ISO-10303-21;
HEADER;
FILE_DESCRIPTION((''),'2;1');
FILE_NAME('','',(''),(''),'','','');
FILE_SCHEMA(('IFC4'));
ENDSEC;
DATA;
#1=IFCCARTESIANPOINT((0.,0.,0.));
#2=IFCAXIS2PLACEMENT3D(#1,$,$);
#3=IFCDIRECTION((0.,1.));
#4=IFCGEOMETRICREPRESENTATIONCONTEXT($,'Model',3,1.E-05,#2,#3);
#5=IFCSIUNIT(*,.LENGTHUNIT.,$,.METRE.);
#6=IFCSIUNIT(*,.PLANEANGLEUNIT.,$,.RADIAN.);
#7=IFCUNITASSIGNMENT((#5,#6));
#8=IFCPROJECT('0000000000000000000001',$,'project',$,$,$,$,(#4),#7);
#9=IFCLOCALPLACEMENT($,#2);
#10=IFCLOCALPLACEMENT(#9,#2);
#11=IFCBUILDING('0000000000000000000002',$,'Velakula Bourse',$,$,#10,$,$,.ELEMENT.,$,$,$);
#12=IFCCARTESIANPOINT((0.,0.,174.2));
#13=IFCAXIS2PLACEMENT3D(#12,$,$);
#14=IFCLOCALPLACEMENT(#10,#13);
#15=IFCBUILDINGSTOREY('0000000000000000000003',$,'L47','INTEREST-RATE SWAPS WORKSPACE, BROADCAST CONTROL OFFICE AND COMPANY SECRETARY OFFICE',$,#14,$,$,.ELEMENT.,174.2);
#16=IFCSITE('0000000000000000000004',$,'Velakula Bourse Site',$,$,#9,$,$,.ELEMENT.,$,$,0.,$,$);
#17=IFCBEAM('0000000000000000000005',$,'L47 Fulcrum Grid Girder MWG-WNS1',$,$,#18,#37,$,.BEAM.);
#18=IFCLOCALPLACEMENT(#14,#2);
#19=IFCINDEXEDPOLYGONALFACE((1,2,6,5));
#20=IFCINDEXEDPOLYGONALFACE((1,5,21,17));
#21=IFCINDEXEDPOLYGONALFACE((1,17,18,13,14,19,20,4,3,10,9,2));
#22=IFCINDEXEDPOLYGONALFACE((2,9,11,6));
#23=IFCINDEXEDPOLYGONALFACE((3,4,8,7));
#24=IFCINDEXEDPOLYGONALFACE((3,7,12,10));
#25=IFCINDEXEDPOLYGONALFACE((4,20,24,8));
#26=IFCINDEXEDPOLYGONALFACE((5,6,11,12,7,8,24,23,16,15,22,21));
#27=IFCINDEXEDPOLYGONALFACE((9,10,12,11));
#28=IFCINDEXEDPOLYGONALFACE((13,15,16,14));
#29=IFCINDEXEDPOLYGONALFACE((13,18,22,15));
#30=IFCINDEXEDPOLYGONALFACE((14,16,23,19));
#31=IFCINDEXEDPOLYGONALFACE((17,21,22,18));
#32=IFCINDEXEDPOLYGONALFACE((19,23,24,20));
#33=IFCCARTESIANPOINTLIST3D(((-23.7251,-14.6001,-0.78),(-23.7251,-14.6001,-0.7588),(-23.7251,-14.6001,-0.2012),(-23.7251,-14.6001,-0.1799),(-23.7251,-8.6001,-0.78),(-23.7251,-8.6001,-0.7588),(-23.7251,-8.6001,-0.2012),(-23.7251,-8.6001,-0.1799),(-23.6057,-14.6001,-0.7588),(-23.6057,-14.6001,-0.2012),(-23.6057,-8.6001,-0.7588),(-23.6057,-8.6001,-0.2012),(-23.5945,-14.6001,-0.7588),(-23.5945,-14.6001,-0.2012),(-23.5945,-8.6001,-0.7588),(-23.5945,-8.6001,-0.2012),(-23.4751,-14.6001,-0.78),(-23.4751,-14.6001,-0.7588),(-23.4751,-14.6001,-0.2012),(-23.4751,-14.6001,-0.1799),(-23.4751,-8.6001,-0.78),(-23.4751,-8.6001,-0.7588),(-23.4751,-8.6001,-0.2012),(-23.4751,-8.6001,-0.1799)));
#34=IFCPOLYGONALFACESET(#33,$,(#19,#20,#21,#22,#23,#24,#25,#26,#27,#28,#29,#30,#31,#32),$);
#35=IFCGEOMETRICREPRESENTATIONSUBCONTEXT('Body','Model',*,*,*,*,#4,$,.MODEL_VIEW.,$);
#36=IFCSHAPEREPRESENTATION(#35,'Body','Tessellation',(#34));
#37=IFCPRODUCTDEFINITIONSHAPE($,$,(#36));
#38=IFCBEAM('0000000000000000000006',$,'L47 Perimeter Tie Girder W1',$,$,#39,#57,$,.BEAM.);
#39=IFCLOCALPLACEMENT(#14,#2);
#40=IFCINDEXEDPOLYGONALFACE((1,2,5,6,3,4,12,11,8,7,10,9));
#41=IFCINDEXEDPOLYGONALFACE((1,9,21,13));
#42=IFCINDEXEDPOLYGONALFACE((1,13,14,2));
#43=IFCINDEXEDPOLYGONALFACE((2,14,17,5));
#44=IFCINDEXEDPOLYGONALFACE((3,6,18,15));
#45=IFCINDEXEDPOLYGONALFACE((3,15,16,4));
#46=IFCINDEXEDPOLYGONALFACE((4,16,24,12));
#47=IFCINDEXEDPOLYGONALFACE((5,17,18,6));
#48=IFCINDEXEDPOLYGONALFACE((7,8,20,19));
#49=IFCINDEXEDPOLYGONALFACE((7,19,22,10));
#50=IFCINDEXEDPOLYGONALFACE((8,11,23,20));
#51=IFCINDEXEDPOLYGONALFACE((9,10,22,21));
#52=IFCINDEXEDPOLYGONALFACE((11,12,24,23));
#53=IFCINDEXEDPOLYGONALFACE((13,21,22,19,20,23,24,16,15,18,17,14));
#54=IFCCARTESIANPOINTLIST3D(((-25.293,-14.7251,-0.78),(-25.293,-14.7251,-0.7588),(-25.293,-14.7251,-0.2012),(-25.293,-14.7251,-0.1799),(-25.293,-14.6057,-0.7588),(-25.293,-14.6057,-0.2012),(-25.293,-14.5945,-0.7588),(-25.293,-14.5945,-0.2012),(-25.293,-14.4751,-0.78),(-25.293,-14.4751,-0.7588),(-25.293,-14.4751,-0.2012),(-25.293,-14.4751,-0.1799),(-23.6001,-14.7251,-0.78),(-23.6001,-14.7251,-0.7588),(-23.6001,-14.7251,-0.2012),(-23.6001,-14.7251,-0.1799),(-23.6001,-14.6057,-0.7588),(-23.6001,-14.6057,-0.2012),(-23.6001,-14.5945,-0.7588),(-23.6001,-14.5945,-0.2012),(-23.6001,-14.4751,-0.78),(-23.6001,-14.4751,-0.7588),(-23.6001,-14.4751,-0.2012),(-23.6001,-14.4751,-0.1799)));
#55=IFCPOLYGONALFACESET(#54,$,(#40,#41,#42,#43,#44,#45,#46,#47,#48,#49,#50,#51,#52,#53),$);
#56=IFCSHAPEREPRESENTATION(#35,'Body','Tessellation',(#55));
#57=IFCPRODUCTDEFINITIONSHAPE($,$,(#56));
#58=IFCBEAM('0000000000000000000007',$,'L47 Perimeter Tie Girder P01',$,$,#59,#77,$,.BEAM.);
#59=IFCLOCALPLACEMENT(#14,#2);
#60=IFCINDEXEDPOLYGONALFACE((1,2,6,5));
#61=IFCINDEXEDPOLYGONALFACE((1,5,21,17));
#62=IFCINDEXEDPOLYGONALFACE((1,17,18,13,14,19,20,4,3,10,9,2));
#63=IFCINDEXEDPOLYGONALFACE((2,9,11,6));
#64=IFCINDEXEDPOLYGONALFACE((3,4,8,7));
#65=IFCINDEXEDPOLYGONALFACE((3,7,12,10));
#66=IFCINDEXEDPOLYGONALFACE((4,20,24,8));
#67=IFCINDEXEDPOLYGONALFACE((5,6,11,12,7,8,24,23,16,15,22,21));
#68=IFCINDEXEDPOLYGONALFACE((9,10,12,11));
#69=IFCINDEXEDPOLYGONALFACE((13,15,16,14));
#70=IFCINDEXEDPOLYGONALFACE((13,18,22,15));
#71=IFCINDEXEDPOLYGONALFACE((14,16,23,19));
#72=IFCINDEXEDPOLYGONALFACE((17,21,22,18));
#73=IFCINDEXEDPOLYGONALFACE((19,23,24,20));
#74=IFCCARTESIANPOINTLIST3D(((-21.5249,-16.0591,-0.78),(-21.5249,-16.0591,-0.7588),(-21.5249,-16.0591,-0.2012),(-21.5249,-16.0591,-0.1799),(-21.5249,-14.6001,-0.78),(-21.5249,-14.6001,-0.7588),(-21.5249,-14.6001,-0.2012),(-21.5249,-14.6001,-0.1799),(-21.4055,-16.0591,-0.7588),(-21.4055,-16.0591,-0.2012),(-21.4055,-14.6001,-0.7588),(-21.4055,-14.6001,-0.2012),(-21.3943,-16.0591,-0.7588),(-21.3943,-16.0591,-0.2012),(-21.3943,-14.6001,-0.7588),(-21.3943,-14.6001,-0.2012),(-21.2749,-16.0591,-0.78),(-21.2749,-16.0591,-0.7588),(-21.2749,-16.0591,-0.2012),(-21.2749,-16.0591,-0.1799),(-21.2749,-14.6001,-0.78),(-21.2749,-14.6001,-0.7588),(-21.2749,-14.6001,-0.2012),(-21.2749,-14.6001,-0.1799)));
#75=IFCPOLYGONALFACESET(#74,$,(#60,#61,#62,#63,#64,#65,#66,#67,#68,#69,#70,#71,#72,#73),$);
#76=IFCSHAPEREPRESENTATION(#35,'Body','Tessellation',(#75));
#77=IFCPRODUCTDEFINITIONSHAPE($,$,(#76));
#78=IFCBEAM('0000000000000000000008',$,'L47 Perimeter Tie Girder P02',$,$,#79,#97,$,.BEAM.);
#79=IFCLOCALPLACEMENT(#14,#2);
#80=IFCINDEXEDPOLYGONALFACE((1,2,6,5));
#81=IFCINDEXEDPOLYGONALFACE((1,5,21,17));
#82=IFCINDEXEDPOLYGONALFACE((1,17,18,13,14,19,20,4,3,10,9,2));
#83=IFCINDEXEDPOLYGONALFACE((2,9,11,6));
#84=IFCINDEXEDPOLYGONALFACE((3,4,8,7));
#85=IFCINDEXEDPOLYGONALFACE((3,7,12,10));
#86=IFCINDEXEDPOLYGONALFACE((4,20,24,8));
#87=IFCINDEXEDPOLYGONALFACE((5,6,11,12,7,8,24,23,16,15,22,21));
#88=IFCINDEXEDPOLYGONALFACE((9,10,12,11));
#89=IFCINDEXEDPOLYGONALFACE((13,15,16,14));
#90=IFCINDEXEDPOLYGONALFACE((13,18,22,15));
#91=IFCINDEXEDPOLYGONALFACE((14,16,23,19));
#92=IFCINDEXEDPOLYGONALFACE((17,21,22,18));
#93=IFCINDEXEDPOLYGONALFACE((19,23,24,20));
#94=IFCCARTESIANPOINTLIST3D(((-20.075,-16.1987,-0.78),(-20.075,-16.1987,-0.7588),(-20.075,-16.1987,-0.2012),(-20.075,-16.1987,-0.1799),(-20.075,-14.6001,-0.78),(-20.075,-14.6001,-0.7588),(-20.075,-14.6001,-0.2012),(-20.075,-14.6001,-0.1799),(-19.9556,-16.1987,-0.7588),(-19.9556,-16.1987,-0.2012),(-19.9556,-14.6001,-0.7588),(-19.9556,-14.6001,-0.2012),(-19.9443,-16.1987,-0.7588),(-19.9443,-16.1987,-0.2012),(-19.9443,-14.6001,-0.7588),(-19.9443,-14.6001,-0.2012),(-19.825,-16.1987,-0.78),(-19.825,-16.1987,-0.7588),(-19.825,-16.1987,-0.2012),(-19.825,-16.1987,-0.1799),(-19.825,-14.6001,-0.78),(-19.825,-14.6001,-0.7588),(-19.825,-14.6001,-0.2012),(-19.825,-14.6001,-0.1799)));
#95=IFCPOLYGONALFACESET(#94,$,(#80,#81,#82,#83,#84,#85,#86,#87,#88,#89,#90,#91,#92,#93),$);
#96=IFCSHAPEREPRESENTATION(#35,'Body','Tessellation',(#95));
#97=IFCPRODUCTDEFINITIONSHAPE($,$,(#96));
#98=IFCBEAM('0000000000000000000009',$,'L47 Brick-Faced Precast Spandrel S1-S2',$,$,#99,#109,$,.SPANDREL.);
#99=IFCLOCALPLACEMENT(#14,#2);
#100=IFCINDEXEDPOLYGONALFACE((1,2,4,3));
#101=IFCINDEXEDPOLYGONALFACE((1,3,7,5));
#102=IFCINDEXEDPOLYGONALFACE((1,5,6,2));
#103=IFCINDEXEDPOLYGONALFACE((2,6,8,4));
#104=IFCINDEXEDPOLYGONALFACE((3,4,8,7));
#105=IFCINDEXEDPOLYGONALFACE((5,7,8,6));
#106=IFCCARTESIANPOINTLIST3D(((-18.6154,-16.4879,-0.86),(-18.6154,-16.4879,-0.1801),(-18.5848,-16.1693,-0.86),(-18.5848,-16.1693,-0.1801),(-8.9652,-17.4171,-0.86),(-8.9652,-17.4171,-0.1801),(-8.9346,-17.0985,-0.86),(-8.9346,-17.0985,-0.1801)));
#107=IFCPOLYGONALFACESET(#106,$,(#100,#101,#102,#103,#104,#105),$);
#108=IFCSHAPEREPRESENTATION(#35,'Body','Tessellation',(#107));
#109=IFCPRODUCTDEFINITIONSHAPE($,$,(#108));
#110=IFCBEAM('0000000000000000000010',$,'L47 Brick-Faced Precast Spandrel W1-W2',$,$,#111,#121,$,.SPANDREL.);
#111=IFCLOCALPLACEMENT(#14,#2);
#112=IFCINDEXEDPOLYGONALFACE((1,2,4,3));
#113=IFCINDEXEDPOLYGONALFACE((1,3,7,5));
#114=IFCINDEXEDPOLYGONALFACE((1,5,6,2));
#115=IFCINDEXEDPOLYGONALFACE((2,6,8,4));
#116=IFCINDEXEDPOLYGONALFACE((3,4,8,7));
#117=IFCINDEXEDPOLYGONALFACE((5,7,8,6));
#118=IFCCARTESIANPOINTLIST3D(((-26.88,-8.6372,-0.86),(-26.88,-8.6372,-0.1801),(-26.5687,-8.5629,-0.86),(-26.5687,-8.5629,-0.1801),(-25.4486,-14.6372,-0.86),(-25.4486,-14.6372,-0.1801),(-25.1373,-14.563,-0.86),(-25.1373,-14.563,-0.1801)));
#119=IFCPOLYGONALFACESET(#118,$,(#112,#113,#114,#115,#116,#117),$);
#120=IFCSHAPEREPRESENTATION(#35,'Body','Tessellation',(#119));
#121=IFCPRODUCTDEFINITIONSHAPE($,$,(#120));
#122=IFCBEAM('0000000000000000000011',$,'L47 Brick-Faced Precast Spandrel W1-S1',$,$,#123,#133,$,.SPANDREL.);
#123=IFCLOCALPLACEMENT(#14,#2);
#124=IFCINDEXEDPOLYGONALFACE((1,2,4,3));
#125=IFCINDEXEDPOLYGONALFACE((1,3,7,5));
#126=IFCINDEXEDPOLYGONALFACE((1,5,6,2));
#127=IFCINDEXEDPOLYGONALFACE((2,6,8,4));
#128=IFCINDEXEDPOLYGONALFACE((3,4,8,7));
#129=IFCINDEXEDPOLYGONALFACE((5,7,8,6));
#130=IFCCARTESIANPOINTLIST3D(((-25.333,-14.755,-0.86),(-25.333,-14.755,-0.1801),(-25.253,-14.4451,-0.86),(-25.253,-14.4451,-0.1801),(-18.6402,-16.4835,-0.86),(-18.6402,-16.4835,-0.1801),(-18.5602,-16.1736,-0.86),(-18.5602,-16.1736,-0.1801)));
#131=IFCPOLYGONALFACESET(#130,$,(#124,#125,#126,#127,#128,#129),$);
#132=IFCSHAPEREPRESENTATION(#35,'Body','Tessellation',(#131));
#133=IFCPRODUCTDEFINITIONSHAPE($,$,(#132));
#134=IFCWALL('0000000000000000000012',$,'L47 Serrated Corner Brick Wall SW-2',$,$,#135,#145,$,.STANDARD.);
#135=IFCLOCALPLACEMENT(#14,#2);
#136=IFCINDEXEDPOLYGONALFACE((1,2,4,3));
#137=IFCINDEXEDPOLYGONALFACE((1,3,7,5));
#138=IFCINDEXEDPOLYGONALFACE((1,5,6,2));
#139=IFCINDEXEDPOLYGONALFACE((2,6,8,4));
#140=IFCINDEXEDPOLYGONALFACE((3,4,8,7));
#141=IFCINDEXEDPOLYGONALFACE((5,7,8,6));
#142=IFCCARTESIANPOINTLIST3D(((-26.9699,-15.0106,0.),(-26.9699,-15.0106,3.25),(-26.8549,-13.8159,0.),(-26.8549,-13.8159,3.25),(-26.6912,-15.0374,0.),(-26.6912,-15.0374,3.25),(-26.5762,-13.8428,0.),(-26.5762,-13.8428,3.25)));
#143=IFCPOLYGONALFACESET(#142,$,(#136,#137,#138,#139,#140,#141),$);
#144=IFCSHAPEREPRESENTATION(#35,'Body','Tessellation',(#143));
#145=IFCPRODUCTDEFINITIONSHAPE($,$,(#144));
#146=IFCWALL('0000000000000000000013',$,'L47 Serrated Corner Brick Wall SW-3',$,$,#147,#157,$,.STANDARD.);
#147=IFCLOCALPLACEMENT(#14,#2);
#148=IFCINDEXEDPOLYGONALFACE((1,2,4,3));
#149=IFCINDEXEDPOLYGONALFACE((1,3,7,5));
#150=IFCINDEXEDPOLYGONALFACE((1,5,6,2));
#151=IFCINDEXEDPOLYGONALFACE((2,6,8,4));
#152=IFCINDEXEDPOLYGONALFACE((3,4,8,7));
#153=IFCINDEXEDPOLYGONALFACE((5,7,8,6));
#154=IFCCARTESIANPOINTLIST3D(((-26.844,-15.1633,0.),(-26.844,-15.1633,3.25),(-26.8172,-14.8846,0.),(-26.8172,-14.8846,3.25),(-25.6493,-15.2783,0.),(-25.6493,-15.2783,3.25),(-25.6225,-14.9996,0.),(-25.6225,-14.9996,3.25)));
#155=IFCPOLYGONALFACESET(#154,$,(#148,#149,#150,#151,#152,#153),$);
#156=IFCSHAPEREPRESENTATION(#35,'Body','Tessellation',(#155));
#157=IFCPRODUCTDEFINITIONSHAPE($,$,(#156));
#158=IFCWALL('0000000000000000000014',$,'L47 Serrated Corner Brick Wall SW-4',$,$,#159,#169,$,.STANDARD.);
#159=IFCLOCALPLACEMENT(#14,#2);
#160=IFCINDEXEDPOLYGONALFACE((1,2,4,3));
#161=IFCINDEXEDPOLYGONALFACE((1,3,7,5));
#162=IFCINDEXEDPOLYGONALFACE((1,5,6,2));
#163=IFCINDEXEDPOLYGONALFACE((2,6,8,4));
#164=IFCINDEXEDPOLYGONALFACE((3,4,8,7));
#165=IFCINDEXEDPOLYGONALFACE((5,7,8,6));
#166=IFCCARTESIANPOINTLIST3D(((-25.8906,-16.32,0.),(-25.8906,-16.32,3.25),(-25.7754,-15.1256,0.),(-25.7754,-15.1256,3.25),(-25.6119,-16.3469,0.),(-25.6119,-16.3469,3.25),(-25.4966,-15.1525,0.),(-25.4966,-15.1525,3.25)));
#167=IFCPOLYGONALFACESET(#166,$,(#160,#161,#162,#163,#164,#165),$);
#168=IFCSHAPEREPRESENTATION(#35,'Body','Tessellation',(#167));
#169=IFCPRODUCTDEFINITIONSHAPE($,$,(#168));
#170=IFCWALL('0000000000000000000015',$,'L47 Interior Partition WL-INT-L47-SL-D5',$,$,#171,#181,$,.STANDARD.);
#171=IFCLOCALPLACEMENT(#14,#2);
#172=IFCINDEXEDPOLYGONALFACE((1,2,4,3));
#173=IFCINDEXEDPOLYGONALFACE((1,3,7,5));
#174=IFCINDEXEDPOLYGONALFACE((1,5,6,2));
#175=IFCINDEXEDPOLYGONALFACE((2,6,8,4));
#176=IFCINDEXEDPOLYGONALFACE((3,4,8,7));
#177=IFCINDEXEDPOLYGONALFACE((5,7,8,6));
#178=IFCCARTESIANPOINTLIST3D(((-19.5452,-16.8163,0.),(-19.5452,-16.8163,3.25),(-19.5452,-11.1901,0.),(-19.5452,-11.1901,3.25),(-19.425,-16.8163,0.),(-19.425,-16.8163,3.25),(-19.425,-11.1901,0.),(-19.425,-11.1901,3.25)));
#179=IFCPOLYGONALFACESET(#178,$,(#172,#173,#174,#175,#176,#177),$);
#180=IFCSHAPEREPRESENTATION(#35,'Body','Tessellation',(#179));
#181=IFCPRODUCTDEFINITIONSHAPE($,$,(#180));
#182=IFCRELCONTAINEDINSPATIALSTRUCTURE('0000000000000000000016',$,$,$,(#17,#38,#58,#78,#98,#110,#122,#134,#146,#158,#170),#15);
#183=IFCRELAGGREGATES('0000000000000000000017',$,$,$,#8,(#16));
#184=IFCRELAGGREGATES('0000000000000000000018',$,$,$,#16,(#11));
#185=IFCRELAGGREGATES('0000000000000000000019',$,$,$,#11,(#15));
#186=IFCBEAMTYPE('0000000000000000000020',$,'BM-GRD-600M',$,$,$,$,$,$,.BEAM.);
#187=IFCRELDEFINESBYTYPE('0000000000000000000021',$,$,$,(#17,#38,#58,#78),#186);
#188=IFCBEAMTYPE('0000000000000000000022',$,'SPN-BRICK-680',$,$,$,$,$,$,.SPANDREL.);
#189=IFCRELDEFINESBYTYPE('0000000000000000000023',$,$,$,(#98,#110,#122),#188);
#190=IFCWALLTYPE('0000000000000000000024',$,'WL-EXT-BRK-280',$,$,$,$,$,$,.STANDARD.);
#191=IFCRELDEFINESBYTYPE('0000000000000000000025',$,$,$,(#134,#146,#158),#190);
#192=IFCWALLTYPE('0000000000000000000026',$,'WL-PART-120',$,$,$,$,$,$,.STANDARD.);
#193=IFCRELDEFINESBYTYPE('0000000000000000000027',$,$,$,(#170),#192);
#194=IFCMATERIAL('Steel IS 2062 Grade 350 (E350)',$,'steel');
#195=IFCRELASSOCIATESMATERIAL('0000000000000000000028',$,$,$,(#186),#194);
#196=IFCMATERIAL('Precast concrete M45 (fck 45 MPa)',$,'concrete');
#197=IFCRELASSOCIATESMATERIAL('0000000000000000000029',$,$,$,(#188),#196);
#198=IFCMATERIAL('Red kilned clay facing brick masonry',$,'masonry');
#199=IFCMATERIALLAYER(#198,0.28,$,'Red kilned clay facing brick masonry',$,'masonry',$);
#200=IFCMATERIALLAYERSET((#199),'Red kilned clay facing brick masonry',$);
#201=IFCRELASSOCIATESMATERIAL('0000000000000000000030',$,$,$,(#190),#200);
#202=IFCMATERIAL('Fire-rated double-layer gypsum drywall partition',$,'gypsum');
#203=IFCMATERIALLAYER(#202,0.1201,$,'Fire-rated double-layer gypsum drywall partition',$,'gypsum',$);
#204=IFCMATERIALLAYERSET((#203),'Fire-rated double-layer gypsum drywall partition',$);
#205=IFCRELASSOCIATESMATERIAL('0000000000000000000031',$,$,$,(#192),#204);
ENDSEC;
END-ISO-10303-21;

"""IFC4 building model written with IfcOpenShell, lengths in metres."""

from ifc_helpers import new_model, si_unit, direction, frame, frame_2d, origin, origin_2d, place, context, subcontext, project, spatial, rectangle, i_section, extrude, material, layer, layer_set, material_profile, profile_set, type_object, element, save


model = new_model("IFC4")

# Units and contexts
model_context = context("Model", 3, precision=1e-05, world=origin(), true_north=direction((0.0, 1.0)))
body_context = subcontext(model_context, "Body", "Model", "MODEL_VIEW")
ifc_project = project(units=[si_unit("LENGTHUNIT", "METRE"), si_unit("PLANEANGLEUNIT", "RADIAN")], contexts=[model_context])

# Site, building, storey
site_placement = place(None, origin())
site = spatial("IfcSite", under=ifc_project, at=site_placement, Name="Velakula Bourse Site", CompositionType="ELEMENT", RefElevation=0.0)
building_placement = place(site_placement, origin())
building = spatial("IfcBuilding", under=site, at=building_placement, Name="Velakula Bourse", CompositionType="ELEMENT")
storey_placement = place(building_placement, frame((0.0, 0.0, 174.2)))
storey = spatial("IfcBuildingStorey", under=building, at=storey_placement, Name="L47", Description="INTEREST-RATE SWAPS WORKSPACE, BROADCAST CONTROL OFFICE AND COMPANY SECRETARY OFFICE", CompositionType="ELEMENT", Elevation=174.2)

# Shared definitions
ifc_material_1 = material(Name="Steel IS 2062 Grade 350 (E350)", Category="steel")
ifc_material_2 = material(Name="Precast concrete M45 (fck 45 MPa)", Category="concrete")

# Beams
ifc_material_profile_1 = material_profile(ifc_material_1, i_section(OverallWidth=0.25, OverallDepth=0.6001, WebThickness=0.0112, FlangeThickness=0.0212, at=origin_2d()), Name="Steel IS 2062 Grade 350 (E350)")
ifc_profile_set_1 = profile_set([ifc_material_profile_1], Name="Steel IS 2062 Grade 350 (E350)")
beam_type_1 = type_object("IfcBeamType", Name="BM-GRD-600M", PredefinedType="BEAM", material=ifc_profile_set_1)
beam_1_placement = place(storey_placement, frame((-23.6001, -14.6001, -0.48), z_axis=(0.0, 1.0, 0.0), x_axis=(-1.0, 0.0, 0.0)))
element("IfcBeam", 1, at=beam_1_placement, inside=storey, type_object=beam_type_1, Name="L47 Fulcrum Grid Girder MWG-WNS1", PredefinedType="BEAM", context=body_context, shape_type="SweptSolid", body=[
    extrude(i_section(OverallWidth=0.25, OverallDepth=0.6001, WebThickness=0.0112, FlangeThickness=0.0212, at=origin_2d()), origin(), (0.0, 0.0, 1.0), 6.0),
])
beam_2_placement = place(storey_placement, frame((-23.6001, -14.6001, -0.48), z_axis=(-1.0, 0.0, 0.0), x_axis=(0.0, -1.0, 0.0)))
element("IfcBeam", 2, at=beam_2_placement, inside=storey, type_object=beam_type_1, Name="L47 Perimeter Tie Girder W1", PredefinedType="BEAM", context=body_context, shape_type="SweptSolid", body=[
    extrude(i_section(OverallWidth=0.25, OverallDepth=0.6001, WebThickness=0.0112, FlangeThickness=0.0212, at=origin_2d()), origin(), (0.0, 0.0, 1.0), 1.6929),
])
beam_3_placement = place(storey_placement, frame((-21.3999, -14.6001, -0.48), z_axis=(0.0, -1.0, 0.0), x_axis=(1.0, 0.0, 0.0)))
element("IfcBeam", 3, at=beam_3_placement, inside=storey, type_object=beam_type_1, Name="L47 Perimeter Tie Girder P01", PredefinedType="BEAM", context=body_context, shape_type="SweptSolid", body=[
    extrude(i_section(OverallWidth=0.25, OverallDepth=0.6001, WebThickness=0.0112, FlangeThickness=0.0212, at=origin_2d()), origin(), (0.0, 0.0, 1.0), 1.459),
])
beam_4_placement = place(storey_placement, frame((-19.95, -14.6001, -0.48), z_axis=(0.0, -1.0, 0.0), x_axis=(1.0, 0.0, 0.0)))
element("IfcBeam", 4, at=beam_4_placement, inside=storey, type_object=beam_type_1, Name="L47 Perimeter Tie Girder P02", PredefinedType="BEAM", context=body_context, shape_type="SweptSolid", body=[
    extrude(i_section(OverallWidth=0.25, OverallDepth=0.6001, WebThickness=0.0112, FlangeThickness=0.0212, at=origin_2d()), origin(), (0.0, 0.0, 1.0), 1.5986),
])
ifc_material_profile_2 = material_profile(ifc_material_2, rectangle(XDim=0.3201, YDim=0.6799, at=origin_2d()), Name="Precast concrete M45 (fck 45 MPa)")
ifc_profile_set_2 = profile_set([ifc_material_profile_2], Name="Precast concrete M45 (fck 45 MPa)")
beam_type_2 = type_object("IfcBeamType", Name="SPN-BRICK-680", PredefinedType="SPANDREL", material=ifc_profile_set_2)
beam_5_placement = place(storey_placement, frame((-18.6001, -16.3286, -0.52), z_axis=(0.995396, -0.095845, 0.0), x_axis=(0.095845, 0.995396, 0.0)))
element("IfcBeam", 5, at=beam_5_placement, inside=storey, type_object=beam_type_2, Name="L47 Brick-Faced Precast Spandrel S1-S2", PredefinedType="SPANDREL", context=body_context, shape_type="SweptSolid", body=[
    extrude(rectangle(XDim=0.3201, YDim=0.6799, at=origin_2d()), origin(), (0.0, 0.0, 1.0), 9.6948),
])
beam_6_placement = place(storey_placement, frame((-25.293, -14.6001, -0.52), z_axis=(-0.232054, 0.972703, 0.0), x_axis=(-0.972703, -0.232054, 0.0)))
element("IfcBeam", 6, at=beam_6_placement, inside=storey, type_object=beam_type_2, Name="L47 Brick-Faced Precast Spandrel W1-W2", PredefinedType="SPANDREL", context=body_context, shape_type="SweptSolid", body=[
    extrude(rectangle(XDim=0.3201, YDim=0.6799, at=origin_2d()), origin(), (0.0, 0.0, 1.0), 6.1685),
])
beam_7_placement = place(storey_placement, frame((-25.293, -14.6001, -0.52), z_axis=(0.968231, -0.250057, 0.0), x_axis=(0.250057, 0.968231, 0.0)))
element("IfcBeam", 7, at=beam_7_placement, inside=storey, type_object=beam_type_2, Name="L47 Brick-Faced Precast Spandrel W1-S1", PredefinedType="SPANDREL", context=body_context, shape_type="SweptSolid", body=[
    extrude(rectangle(XDim=0.3201, YDim=0.6799, at=origin_2d()), origin(), (0.0, 0.0, 1.0), 6.9124),
])

# Walls
ifc_material_3 = material(Name="Red kilned clay facing brick masonry", Category="masonry")
ifc_layer_1 = layer(ifc_material_3, 0.28, Name="Red kilned clay facing brick masonry", Category="masonry")
ifc_layer_set_1 = layer_set([ifc_layer_1], Name="Red kilned clay facing brick masonry")
wall_type_1 = type_object("IfcWallType", Name="WL-EXT-BRK-280", PredefinedType="STANDARD", material=ifc_layer_set_1)
for number, where, z_axis, x_axis, name in (
    (8, (-26.7156, -13.8293, 0.0), (0.0, 0.0, 1.0), (-0.095817, -0.995399, 0.0), "L47 Serrated Corner Brick Wall SW-2"),
    (9, (-26.8306, -15.0239, 0.0), (0.0, 0.0, 1.0), (0.995399, -0.095817, 0.0), "L47 Serrated Corner Brick Wall SW-3"),
):
    element("IfcWall", number, at=place(storey_placement, frame(where, z_axis=z_axis, x_axis=x_axis)), inside=storey, type_object=wall_type_1, Name=name, PredefinedType="STANDARD", context=body_context, shape_type="SweptSolid", body=[
        extrude(rectangle(XDim=1.2002, YDim=0.28, at=frame_2d((0.6001, 0.0))), origin(), (0.0, 0.0, 1.0), 3.25),
    ])
wall_1_placement = place(storey_placement, frame((-25.636, -15.1389, 0.0), z_axis=(0.0, 0.0, 1.0), x_axis=(-0.096038, -0.995378, 0.0)))
element("IfcWall", 10, at=wall_1_placement, inside=storey, type_object=wall_type_1, Name="L47 Serrated Corner Brick Wall SW-4", PredefinedType="STANDARD", context=body_context, shape_type="SweptSolid", body=[
    extrude(rectangle(XDim=1.2, YDim=0.28, at=frame_2d((0.6001, 0.0))), origin(), (0.0, 0.0, 1.0), 3.25),
])
ifc_material_4 = material(Name="Fire-rated double-layer gypsum drywall partition", Category="gypsum")
ifc_layer_2 = layer(ifc_material_4, 0.1201, Name="Fire-rated double-layer gypsum drywall partition", Category="gypsum")
ifc_layer_set_2 = layer_set([ifc_layer_2], Name="Fire-rated double-layer gypsum drywall partition")
wall_type_2 = type_object("IfcWallType", Name="WL-PART-120", PredefinedType="STANDARD", material=ifc_layer_set_2)
wall_2_placement = place(storey_placement, frame((-19.4851, -16.8162, 0.0), z_axis=(0.0, 0.0, 1.0), x_axis=(0.0, 1.0, 0.0)))
element("IfcWall", 11, at=wall_2_placement, inside=storey, type_object=wall_type_2, Name="L47 Interior Partition WL-INT-L47-SL-D5", PredefinedType="STANDARD", context=body_context, shape_type="SweptSolid", body=[
    extrude(rectangle(XDim=5.6262, YDim=0.1201, at=frame_2d((2.813, 0.0))), origin(), (0.0, 0.0, 1.0), 3.25),
])

save(model, "model.ifc")
